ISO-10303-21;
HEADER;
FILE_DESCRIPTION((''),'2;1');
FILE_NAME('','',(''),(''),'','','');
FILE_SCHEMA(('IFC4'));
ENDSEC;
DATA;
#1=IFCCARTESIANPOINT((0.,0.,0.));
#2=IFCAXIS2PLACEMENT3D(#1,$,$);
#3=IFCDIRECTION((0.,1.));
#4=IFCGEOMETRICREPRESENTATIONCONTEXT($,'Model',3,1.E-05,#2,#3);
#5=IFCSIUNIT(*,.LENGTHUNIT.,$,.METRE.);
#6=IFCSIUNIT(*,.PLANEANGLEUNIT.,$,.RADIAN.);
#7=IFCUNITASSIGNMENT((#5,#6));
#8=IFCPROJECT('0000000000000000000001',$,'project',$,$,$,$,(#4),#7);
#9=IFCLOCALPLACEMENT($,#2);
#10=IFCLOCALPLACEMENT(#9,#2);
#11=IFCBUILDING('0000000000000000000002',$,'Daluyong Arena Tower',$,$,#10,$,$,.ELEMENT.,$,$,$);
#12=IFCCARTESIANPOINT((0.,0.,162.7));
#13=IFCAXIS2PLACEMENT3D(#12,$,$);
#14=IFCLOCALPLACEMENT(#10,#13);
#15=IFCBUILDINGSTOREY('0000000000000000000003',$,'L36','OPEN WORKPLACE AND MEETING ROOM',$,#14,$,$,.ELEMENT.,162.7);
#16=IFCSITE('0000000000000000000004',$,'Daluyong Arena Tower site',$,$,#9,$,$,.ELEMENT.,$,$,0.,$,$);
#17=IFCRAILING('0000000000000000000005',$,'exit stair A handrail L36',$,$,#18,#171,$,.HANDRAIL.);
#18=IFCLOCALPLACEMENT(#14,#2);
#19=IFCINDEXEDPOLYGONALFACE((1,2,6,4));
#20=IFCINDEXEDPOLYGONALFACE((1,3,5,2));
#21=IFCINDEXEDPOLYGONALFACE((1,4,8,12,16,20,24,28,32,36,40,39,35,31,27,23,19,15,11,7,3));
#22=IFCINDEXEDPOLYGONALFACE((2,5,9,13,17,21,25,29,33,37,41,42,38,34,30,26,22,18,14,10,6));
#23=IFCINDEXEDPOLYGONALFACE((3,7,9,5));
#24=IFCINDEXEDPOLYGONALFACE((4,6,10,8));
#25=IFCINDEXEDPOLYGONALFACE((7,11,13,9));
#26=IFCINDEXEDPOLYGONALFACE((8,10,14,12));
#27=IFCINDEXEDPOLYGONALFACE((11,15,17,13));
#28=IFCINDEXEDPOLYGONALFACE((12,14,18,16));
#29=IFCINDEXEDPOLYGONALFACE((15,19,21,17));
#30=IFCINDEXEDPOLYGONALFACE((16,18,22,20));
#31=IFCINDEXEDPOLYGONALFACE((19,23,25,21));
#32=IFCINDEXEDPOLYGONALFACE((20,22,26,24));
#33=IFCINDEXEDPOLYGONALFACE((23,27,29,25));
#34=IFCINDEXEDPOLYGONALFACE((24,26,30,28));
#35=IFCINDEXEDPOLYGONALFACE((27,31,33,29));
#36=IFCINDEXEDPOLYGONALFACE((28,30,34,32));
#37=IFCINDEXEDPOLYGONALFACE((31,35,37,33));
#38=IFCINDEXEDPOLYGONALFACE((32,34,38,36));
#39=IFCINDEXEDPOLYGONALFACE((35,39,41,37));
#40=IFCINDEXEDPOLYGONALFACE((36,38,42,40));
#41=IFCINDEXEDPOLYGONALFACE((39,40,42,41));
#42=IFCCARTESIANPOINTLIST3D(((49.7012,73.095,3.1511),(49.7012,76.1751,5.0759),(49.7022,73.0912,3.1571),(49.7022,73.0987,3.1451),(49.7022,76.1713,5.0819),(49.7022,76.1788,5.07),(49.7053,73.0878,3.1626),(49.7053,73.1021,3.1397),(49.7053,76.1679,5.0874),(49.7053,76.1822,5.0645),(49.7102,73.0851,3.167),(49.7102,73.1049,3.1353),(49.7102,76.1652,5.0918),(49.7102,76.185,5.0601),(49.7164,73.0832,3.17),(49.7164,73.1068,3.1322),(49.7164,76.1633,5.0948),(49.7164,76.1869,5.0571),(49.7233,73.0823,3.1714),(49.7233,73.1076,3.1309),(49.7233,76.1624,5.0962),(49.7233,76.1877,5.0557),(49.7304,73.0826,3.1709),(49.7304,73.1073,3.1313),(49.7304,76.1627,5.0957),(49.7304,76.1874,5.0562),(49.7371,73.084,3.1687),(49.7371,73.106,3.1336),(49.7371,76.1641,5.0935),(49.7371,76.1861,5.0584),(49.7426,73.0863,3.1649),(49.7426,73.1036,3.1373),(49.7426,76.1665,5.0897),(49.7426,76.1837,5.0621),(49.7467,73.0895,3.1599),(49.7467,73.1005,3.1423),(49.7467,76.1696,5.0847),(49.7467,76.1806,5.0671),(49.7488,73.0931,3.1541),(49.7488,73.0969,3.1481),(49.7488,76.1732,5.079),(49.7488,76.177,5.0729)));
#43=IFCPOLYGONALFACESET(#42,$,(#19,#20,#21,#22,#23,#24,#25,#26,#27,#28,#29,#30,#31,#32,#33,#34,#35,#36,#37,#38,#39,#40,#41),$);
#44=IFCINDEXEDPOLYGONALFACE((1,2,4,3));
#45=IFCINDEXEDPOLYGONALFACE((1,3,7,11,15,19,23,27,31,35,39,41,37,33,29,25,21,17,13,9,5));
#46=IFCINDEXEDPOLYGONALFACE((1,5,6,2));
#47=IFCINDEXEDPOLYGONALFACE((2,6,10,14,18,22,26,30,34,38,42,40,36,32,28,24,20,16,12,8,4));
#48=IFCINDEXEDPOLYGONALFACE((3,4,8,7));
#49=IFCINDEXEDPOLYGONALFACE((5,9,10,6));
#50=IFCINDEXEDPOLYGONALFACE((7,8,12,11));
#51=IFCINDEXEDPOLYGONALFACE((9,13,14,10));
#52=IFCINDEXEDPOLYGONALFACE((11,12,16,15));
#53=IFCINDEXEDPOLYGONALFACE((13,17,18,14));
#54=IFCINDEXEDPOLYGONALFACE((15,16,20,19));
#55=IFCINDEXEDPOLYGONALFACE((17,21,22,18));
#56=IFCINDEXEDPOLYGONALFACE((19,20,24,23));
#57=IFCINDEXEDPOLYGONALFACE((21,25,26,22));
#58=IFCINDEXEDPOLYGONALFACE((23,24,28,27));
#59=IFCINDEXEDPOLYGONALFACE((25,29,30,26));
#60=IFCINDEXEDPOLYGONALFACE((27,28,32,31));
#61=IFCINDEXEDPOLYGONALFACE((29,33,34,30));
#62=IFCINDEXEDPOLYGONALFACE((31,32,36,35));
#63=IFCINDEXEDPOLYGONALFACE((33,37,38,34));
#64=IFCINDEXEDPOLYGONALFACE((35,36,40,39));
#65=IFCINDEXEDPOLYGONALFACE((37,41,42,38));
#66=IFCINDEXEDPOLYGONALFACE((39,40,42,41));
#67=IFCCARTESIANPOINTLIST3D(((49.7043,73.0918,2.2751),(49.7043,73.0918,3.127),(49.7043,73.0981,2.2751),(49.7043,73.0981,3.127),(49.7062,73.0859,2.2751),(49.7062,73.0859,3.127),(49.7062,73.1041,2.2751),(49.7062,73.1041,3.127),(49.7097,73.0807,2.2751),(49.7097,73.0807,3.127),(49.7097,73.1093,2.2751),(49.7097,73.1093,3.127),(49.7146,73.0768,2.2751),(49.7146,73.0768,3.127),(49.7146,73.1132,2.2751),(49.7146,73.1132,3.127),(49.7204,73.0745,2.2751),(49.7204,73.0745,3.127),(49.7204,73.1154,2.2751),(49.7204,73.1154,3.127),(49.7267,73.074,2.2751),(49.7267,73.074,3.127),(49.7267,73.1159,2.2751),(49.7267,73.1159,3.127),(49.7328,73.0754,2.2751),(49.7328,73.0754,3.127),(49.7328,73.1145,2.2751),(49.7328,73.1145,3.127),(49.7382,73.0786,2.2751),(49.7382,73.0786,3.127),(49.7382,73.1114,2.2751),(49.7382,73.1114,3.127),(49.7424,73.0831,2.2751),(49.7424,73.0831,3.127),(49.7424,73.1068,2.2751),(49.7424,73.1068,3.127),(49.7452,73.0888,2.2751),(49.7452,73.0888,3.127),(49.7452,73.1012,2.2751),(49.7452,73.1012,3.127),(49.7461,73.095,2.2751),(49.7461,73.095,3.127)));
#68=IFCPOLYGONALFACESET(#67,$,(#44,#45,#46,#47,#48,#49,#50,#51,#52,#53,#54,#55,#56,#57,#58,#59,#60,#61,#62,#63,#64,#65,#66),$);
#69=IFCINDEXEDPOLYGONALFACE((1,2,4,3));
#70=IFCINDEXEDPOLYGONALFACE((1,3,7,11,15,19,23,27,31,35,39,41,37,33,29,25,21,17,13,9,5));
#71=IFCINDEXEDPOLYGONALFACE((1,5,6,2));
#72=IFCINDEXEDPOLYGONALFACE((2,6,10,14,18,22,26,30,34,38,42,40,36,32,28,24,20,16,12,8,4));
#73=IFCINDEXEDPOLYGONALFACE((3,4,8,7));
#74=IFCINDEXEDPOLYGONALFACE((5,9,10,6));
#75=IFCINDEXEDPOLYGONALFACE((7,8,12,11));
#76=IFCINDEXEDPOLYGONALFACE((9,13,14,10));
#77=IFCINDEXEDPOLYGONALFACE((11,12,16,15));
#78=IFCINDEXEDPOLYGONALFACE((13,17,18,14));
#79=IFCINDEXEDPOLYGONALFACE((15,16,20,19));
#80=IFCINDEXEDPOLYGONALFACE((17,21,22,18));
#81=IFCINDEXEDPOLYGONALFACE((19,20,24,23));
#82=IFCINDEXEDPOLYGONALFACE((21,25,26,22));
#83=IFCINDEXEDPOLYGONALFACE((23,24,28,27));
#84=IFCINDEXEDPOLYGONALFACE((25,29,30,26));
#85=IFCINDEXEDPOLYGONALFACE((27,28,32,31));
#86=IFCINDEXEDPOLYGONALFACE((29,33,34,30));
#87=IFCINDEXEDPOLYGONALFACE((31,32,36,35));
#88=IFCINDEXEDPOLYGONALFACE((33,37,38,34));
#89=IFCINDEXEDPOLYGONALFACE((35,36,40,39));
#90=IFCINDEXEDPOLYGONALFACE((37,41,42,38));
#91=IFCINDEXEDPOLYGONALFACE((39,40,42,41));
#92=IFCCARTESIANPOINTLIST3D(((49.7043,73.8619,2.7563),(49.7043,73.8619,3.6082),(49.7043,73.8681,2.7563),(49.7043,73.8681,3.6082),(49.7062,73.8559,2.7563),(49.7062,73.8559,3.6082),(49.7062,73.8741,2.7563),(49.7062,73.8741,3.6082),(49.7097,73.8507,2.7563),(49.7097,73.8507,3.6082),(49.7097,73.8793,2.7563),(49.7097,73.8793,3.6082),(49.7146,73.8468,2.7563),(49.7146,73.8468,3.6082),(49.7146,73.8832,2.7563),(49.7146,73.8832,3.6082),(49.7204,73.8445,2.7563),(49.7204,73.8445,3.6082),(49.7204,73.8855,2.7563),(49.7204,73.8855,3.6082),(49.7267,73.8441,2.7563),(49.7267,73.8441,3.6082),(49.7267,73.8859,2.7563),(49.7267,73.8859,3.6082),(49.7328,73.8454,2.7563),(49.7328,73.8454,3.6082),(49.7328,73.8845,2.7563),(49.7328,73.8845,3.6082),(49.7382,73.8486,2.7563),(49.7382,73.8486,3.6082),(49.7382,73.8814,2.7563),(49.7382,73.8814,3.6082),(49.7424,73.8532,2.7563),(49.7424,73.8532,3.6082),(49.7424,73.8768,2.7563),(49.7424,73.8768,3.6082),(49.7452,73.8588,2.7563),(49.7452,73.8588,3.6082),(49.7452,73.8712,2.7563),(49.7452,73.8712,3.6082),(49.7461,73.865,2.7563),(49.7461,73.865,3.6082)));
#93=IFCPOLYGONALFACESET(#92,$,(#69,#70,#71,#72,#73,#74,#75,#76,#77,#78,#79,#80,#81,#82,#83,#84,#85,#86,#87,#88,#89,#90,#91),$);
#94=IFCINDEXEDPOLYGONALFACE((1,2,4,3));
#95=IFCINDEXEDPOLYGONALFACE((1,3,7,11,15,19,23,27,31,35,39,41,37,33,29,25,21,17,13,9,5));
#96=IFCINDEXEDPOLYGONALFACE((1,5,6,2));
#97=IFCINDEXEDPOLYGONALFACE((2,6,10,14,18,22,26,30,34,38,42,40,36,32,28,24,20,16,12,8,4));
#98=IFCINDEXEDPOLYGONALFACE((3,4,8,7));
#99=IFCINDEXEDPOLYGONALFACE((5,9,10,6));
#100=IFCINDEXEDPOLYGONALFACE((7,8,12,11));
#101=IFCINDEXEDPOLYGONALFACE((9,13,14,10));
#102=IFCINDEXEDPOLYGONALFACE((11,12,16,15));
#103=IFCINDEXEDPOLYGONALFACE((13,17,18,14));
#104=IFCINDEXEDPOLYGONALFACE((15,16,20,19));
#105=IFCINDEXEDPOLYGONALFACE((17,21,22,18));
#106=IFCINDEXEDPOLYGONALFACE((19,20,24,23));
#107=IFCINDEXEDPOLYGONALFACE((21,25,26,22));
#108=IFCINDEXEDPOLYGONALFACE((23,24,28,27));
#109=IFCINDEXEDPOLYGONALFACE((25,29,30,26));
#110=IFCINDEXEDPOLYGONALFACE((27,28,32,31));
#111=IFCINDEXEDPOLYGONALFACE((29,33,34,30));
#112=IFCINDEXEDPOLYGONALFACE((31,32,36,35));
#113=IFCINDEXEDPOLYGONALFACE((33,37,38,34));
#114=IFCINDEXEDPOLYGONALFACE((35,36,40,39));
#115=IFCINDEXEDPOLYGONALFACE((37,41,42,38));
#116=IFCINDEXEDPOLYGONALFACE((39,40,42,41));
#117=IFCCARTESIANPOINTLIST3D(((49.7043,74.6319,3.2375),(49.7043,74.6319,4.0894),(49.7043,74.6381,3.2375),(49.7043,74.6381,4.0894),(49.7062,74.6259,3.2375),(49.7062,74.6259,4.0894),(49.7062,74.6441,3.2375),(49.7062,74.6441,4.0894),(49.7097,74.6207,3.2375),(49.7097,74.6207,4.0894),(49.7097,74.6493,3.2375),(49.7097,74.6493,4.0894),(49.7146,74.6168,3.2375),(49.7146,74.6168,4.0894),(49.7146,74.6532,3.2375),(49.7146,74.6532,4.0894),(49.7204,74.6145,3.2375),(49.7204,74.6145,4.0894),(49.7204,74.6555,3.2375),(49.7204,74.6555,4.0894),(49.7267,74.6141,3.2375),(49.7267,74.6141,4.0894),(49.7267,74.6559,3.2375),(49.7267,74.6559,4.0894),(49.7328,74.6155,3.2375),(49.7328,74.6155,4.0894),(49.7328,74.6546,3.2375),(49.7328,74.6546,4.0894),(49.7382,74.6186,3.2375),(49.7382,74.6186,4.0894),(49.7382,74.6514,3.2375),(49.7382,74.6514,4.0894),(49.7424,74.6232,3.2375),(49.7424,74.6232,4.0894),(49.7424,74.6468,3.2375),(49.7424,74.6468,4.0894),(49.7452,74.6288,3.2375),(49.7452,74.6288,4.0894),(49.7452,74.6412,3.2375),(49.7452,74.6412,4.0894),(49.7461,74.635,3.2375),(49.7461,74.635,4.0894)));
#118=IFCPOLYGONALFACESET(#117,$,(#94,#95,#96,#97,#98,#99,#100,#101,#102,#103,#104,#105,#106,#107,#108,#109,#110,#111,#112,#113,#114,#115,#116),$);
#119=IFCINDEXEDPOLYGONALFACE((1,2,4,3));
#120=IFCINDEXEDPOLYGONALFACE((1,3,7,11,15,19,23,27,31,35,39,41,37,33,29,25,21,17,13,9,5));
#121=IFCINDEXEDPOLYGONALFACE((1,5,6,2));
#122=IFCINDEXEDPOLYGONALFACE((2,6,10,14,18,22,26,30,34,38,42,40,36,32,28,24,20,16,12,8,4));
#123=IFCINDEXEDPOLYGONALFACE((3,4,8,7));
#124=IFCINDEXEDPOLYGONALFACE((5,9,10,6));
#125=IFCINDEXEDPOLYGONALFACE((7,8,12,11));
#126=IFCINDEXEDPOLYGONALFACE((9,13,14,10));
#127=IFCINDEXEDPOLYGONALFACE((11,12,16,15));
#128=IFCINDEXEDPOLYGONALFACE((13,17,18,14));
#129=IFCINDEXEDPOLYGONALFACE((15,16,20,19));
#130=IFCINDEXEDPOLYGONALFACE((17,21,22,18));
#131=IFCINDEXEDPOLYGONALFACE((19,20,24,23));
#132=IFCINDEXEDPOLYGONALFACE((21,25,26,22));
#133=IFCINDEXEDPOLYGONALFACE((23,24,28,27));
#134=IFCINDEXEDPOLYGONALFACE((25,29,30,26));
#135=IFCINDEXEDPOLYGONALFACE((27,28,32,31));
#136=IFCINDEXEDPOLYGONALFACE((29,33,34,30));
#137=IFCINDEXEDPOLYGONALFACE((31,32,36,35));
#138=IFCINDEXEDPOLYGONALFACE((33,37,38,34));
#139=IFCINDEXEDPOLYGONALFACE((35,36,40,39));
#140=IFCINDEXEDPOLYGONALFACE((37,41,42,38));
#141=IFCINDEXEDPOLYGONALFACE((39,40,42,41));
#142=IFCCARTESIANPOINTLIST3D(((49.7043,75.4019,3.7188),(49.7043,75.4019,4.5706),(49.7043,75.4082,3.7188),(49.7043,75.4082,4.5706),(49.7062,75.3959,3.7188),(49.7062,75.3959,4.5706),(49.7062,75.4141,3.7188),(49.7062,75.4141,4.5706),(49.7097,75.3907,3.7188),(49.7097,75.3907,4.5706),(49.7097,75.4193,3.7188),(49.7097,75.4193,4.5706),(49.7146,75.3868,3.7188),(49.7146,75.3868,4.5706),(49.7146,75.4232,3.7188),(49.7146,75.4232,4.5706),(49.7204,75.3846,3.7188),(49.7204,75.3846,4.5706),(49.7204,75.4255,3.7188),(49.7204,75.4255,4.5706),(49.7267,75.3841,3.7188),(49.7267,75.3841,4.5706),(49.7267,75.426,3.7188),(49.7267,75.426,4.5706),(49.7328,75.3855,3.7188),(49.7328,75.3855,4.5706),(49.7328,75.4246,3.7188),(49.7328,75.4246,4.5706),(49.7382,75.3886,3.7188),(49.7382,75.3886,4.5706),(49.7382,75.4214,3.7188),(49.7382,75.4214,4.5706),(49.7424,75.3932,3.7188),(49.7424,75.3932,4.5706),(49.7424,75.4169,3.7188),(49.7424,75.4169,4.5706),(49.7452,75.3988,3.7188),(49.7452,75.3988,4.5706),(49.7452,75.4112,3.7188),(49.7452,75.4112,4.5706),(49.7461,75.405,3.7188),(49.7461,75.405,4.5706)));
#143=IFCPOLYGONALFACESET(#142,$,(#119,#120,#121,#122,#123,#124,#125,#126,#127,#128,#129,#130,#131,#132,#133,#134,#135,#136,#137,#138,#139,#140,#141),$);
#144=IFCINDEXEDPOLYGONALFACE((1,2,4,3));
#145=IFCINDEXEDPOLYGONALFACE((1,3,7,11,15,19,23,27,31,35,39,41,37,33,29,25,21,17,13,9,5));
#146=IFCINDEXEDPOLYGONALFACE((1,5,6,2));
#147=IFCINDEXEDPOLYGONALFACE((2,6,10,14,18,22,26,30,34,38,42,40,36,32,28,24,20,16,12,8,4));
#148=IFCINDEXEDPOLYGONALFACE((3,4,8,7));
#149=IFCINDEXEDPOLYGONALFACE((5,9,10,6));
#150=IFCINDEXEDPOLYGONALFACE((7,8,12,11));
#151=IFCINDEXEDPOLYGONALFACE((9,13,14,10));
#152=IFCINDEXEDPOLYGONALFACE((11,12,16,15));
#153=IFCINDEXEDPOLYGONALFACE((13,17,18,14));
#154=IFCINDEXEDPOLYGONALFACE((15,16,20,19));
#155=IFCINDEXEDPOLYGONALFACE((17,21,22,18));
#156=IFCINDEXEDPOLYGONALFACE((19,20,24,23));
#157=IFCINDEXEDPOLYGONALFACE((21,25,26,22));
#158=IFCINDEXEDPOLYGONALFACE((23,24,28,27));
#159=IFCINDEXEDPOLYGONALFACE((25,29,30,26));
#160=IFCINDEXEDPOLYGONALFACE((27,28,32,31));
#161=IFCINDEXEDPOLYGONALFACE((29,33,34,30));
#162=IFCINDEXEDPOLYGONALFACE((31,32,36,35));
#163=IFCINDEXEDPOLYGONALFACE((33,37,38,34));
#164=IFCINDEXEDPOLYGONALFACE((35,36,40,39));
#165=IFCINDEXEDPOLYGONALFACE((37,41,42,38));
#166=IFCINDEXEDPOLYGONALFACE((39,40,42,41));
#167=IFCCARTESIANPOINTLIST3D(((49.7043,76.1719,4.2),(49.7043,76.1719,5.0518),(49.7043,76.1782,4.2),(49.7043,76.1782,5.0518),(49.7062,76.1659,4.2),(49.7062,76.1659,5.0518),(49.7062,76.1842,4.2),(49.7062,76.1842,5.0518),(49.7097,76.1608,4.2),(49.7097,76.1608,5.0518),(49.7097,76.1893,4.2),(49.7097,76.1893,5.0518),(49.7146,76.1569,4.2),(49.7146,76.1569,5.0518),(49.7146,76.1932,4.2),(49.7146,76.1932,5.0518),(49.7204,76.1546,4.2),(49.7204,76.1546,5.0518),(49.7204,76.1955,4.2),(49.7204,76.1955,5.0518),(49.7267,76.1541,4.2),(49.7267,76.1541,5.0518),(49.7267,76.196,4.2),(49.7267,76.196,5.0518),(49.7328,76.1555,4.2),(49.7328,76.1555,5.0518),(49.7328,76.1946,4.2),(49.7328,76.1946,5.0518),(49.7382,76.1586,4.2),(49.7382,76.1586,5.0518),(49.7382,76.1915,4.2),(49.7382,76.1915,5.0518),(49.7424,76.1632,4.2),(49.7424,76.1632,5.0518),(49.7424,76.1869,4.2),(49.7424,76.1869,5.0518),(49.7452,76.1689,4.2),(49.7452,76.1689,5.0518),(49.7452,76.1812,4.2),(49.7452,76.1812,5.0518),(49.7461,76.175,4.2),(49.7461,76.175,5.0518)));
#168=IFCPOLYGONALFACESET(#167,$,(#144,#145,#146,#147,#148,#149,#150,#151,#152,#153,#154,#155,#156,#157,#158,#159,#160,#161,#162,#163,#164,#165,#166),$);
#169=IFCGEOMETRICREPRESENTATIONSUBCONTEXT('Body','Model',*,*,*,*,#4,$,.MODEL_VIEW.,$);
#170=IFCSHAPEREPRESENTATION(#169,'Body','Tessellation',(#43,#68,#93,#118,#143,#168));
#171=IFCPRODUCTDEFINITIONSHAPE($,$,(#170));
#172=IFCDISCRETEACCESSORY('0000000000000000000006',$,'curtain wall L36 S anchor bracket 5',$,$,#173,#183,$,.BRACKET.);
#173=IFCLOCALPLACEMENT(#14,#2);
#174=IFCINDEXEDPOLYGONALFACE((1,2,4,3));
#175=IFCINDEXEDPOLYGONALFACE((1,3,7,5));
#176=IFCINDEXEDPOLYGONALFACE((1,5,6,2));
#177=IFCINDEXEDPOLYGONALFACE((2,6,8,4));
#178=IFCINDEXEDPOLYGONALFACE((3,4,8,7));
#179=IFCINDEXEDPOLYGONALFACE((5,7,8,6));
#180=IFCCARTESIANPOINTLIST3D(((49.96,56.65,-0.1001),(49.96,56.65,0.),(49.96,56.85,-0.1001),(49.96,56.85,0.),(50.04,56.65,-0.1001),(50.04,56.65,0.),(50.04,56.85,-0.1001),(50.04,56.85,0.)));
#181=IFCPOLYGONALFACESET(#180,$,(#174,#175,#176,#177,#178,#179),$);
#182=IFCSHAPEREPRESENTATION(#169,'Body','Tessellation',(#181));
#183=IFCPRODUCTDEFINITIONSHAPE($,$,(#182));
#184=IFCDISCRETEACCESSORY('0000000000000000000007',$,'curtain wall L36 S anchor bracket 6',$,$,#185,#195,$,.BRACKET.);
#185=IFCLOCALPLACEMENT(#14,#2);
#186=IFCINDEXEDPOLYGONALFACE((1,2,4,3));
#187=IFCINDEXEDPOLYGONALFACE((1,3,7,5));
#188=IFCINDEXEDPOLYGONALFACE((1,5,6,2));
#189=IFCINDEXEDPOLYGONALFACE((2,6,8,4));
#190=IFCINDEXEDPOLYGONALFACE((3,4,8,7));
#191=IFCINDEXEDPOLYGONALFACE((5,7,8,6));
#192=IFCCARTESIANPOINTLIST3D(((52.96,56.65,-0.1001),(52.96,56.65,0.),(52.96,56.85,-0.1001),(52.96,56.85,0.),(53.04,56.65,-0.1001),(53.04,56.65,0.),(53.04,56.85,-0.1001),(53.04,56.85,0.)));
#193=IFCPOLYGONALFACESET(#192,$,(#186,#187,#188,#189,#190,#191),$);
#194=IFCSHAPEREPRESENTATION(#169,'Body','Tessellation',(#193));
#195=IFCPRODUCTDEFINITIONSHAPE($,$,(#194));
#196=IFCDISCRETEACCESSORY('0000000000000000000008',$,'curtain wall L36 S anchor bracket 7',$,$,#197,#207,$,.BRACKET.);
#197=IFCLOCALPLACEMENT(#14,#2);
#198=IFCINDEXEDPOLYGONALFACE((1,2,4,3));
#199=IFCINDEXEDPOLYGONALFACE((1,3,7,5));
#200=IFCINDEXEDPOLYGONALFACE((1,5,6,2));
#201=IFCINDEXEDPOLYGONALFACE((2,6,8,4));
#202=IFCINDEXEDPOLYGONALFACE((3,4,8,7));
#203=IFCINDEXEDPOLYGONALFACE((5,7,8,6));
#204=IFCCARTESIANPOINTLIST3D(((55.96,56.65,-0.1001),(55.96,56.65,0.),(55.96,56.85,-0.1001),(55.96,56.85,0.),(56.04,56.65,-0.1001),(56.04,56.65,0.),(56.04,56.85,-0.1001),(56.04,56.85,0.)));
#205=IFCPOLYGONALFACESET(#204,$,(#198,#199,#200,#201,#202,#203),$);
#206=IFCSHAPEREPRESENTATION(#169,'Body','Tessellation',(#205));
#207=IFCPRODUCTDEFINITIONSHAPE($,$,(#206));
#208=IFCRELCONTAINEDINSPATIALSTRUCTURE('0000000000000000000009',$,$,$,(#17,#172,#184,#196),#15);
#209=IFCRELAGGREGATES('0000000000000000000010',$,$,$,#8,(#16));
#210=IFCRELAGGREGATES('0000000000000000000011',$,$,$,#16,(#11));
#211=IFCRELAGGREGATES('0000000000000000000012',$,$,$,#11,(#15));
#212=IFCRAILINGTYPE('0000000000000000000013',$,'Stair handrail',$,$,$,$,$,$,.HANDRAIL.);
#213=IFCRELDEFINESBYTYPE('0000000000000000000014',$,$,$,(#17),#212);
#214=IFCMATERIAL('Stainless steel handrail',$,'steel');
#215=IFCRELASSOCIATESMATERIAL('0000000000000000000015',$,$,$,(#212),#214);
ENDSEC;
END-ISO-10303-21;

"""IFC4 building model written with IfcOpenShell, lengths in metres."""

from ifc_helpers import new_model, si_unit, direction, frame, origin, origin_2d, place, context, subcontext, project, spatial, rectangle, circle, extrude, material, type_object, element, save


model = new_model("IFC4")

# Units and contexts
model_context = context("Model", 3, precision=1e-05, world=origin(), true_north=direction((0.0, 1.0)))
body_context = subcontext(model_context, "Body", "Model", "MODEL_VIEW")
ifc_project = project(units=[si_unit("LENGTHUNIT", "METRE"), si_unit("PLANEANGLEUNIT", "RADIAN")], contexts=[model_context])

# Site, building, storey
site_placement = place(None, origin())
site = spatial("IfcSite", under=ifc_project, at=site_placement, Name="Daluyong Arena Tower site", CompositionType="ELEMENT", RefElevation=0.0)
building_placement = place(site_placement, origin())
building = spatial("IfcBuilding", under=site, at=building_placement, Name="Daluyong Arena Tower", CompositionType="ELEMENT")
storey_placement = place(building_placement, frame((0.0, 0.0, 162.7)))
storey = spatial("IfcBuildingStorey", under=building, at=storey_placement, Name="L36", Description="OPEN WORKPLACE AND MEETING ROOM", CompositionType="ELEMENT", Elevation=162.7)

# Railing
ifc_material_1 = material(Name="Stainless steel handrail", Category="steel")
railing_type = type_object("IfcRailingType", Name="Stair handrail", PredefinedType="HANDRAIL", material=ifc_material_1)
railing_placement = place(storey_placement, frame((49.7251, 73.095, 2.2751)))
element("IfcRailing", 1, at=railing_placement, inside=storey, type_object=railing_type, Name="exit stair A handrail L36", PredefinedType="HANDRAIL", context=body_context, shape_type="SweptSolid", body=[
    extrude(circle(Radius=0.0239, at=origin_2d()), frame((0.0, 0.0, 0.876), z_axis=(0.0, 0.848029, 0.529951), x_axis=(-1.0, 0.0, 0.0)), (0.0, 0.0, 1.0), 3.6321),
    extrude(circle(Radius=0.021, at=origin_2d()), origin(), (0.0, 0.0, 1.0), 0.8518),
    extrude(circle(Radius=0.021, at=origin_2d()), frame((0.0, 0.77, 0.4812)), (0.0, 0.0, 1.0), 0.8518),
    extrude(circle(Radius=0.021, at=origin_2d()), frame((0.0, 1.54, 0.9624)), (0.0, 0.0, 1.0), 0.8518),
    extrude(circle(Radius=0.021, at=origin_2d()), frame((0.0, 2.3101, 1.4436)), (0.0, 0.0, 1.0), 0.8518),
    extrude(circle(Radius=0.021, at=origin_2d()), frame((0.0, 3.0801, 1.9248)), (0.0, 0.0, 1.0), 0.8518),
])

# Discrete accessories
for number, where, z_axis, x_axis, name in (
    (2, (50.0, 56.75, -0.1001), (0.0, 0.0, 1.0), (1.0, 0.0, 0.0), "curtain wall L36 S anchor bracket 5"),
    (3, (53.0, 56.75, -0.1001), (0.0, 0.0, 1.0), (1.0, 0.0, 0.0), "curtain wall L36 S anchor bracket 6"),
    (4, (56.0, 56.75, -0.1001), (0.0, 0.0, 1.0), (1.0, 0.0, 0.0), "curtain wall L36 S anchor bracket 7"),
):
    element("IfcDiscreteAccessory", number, at=place(storey_placement, frame(where, z_axis=z_axis, x_axis=x_axis)), inside=storey, Name=name, PredefinedType="BRACKET", context=body_context, shape_type="SweptSolid", body=[
        extrude(rectangle(XDim=0.0801, YDim=0.2, at=origin_2d()), origin(), (0.0, 0.0, 1.0), 0.1001),
    ])

save(model, "model.ifc")
